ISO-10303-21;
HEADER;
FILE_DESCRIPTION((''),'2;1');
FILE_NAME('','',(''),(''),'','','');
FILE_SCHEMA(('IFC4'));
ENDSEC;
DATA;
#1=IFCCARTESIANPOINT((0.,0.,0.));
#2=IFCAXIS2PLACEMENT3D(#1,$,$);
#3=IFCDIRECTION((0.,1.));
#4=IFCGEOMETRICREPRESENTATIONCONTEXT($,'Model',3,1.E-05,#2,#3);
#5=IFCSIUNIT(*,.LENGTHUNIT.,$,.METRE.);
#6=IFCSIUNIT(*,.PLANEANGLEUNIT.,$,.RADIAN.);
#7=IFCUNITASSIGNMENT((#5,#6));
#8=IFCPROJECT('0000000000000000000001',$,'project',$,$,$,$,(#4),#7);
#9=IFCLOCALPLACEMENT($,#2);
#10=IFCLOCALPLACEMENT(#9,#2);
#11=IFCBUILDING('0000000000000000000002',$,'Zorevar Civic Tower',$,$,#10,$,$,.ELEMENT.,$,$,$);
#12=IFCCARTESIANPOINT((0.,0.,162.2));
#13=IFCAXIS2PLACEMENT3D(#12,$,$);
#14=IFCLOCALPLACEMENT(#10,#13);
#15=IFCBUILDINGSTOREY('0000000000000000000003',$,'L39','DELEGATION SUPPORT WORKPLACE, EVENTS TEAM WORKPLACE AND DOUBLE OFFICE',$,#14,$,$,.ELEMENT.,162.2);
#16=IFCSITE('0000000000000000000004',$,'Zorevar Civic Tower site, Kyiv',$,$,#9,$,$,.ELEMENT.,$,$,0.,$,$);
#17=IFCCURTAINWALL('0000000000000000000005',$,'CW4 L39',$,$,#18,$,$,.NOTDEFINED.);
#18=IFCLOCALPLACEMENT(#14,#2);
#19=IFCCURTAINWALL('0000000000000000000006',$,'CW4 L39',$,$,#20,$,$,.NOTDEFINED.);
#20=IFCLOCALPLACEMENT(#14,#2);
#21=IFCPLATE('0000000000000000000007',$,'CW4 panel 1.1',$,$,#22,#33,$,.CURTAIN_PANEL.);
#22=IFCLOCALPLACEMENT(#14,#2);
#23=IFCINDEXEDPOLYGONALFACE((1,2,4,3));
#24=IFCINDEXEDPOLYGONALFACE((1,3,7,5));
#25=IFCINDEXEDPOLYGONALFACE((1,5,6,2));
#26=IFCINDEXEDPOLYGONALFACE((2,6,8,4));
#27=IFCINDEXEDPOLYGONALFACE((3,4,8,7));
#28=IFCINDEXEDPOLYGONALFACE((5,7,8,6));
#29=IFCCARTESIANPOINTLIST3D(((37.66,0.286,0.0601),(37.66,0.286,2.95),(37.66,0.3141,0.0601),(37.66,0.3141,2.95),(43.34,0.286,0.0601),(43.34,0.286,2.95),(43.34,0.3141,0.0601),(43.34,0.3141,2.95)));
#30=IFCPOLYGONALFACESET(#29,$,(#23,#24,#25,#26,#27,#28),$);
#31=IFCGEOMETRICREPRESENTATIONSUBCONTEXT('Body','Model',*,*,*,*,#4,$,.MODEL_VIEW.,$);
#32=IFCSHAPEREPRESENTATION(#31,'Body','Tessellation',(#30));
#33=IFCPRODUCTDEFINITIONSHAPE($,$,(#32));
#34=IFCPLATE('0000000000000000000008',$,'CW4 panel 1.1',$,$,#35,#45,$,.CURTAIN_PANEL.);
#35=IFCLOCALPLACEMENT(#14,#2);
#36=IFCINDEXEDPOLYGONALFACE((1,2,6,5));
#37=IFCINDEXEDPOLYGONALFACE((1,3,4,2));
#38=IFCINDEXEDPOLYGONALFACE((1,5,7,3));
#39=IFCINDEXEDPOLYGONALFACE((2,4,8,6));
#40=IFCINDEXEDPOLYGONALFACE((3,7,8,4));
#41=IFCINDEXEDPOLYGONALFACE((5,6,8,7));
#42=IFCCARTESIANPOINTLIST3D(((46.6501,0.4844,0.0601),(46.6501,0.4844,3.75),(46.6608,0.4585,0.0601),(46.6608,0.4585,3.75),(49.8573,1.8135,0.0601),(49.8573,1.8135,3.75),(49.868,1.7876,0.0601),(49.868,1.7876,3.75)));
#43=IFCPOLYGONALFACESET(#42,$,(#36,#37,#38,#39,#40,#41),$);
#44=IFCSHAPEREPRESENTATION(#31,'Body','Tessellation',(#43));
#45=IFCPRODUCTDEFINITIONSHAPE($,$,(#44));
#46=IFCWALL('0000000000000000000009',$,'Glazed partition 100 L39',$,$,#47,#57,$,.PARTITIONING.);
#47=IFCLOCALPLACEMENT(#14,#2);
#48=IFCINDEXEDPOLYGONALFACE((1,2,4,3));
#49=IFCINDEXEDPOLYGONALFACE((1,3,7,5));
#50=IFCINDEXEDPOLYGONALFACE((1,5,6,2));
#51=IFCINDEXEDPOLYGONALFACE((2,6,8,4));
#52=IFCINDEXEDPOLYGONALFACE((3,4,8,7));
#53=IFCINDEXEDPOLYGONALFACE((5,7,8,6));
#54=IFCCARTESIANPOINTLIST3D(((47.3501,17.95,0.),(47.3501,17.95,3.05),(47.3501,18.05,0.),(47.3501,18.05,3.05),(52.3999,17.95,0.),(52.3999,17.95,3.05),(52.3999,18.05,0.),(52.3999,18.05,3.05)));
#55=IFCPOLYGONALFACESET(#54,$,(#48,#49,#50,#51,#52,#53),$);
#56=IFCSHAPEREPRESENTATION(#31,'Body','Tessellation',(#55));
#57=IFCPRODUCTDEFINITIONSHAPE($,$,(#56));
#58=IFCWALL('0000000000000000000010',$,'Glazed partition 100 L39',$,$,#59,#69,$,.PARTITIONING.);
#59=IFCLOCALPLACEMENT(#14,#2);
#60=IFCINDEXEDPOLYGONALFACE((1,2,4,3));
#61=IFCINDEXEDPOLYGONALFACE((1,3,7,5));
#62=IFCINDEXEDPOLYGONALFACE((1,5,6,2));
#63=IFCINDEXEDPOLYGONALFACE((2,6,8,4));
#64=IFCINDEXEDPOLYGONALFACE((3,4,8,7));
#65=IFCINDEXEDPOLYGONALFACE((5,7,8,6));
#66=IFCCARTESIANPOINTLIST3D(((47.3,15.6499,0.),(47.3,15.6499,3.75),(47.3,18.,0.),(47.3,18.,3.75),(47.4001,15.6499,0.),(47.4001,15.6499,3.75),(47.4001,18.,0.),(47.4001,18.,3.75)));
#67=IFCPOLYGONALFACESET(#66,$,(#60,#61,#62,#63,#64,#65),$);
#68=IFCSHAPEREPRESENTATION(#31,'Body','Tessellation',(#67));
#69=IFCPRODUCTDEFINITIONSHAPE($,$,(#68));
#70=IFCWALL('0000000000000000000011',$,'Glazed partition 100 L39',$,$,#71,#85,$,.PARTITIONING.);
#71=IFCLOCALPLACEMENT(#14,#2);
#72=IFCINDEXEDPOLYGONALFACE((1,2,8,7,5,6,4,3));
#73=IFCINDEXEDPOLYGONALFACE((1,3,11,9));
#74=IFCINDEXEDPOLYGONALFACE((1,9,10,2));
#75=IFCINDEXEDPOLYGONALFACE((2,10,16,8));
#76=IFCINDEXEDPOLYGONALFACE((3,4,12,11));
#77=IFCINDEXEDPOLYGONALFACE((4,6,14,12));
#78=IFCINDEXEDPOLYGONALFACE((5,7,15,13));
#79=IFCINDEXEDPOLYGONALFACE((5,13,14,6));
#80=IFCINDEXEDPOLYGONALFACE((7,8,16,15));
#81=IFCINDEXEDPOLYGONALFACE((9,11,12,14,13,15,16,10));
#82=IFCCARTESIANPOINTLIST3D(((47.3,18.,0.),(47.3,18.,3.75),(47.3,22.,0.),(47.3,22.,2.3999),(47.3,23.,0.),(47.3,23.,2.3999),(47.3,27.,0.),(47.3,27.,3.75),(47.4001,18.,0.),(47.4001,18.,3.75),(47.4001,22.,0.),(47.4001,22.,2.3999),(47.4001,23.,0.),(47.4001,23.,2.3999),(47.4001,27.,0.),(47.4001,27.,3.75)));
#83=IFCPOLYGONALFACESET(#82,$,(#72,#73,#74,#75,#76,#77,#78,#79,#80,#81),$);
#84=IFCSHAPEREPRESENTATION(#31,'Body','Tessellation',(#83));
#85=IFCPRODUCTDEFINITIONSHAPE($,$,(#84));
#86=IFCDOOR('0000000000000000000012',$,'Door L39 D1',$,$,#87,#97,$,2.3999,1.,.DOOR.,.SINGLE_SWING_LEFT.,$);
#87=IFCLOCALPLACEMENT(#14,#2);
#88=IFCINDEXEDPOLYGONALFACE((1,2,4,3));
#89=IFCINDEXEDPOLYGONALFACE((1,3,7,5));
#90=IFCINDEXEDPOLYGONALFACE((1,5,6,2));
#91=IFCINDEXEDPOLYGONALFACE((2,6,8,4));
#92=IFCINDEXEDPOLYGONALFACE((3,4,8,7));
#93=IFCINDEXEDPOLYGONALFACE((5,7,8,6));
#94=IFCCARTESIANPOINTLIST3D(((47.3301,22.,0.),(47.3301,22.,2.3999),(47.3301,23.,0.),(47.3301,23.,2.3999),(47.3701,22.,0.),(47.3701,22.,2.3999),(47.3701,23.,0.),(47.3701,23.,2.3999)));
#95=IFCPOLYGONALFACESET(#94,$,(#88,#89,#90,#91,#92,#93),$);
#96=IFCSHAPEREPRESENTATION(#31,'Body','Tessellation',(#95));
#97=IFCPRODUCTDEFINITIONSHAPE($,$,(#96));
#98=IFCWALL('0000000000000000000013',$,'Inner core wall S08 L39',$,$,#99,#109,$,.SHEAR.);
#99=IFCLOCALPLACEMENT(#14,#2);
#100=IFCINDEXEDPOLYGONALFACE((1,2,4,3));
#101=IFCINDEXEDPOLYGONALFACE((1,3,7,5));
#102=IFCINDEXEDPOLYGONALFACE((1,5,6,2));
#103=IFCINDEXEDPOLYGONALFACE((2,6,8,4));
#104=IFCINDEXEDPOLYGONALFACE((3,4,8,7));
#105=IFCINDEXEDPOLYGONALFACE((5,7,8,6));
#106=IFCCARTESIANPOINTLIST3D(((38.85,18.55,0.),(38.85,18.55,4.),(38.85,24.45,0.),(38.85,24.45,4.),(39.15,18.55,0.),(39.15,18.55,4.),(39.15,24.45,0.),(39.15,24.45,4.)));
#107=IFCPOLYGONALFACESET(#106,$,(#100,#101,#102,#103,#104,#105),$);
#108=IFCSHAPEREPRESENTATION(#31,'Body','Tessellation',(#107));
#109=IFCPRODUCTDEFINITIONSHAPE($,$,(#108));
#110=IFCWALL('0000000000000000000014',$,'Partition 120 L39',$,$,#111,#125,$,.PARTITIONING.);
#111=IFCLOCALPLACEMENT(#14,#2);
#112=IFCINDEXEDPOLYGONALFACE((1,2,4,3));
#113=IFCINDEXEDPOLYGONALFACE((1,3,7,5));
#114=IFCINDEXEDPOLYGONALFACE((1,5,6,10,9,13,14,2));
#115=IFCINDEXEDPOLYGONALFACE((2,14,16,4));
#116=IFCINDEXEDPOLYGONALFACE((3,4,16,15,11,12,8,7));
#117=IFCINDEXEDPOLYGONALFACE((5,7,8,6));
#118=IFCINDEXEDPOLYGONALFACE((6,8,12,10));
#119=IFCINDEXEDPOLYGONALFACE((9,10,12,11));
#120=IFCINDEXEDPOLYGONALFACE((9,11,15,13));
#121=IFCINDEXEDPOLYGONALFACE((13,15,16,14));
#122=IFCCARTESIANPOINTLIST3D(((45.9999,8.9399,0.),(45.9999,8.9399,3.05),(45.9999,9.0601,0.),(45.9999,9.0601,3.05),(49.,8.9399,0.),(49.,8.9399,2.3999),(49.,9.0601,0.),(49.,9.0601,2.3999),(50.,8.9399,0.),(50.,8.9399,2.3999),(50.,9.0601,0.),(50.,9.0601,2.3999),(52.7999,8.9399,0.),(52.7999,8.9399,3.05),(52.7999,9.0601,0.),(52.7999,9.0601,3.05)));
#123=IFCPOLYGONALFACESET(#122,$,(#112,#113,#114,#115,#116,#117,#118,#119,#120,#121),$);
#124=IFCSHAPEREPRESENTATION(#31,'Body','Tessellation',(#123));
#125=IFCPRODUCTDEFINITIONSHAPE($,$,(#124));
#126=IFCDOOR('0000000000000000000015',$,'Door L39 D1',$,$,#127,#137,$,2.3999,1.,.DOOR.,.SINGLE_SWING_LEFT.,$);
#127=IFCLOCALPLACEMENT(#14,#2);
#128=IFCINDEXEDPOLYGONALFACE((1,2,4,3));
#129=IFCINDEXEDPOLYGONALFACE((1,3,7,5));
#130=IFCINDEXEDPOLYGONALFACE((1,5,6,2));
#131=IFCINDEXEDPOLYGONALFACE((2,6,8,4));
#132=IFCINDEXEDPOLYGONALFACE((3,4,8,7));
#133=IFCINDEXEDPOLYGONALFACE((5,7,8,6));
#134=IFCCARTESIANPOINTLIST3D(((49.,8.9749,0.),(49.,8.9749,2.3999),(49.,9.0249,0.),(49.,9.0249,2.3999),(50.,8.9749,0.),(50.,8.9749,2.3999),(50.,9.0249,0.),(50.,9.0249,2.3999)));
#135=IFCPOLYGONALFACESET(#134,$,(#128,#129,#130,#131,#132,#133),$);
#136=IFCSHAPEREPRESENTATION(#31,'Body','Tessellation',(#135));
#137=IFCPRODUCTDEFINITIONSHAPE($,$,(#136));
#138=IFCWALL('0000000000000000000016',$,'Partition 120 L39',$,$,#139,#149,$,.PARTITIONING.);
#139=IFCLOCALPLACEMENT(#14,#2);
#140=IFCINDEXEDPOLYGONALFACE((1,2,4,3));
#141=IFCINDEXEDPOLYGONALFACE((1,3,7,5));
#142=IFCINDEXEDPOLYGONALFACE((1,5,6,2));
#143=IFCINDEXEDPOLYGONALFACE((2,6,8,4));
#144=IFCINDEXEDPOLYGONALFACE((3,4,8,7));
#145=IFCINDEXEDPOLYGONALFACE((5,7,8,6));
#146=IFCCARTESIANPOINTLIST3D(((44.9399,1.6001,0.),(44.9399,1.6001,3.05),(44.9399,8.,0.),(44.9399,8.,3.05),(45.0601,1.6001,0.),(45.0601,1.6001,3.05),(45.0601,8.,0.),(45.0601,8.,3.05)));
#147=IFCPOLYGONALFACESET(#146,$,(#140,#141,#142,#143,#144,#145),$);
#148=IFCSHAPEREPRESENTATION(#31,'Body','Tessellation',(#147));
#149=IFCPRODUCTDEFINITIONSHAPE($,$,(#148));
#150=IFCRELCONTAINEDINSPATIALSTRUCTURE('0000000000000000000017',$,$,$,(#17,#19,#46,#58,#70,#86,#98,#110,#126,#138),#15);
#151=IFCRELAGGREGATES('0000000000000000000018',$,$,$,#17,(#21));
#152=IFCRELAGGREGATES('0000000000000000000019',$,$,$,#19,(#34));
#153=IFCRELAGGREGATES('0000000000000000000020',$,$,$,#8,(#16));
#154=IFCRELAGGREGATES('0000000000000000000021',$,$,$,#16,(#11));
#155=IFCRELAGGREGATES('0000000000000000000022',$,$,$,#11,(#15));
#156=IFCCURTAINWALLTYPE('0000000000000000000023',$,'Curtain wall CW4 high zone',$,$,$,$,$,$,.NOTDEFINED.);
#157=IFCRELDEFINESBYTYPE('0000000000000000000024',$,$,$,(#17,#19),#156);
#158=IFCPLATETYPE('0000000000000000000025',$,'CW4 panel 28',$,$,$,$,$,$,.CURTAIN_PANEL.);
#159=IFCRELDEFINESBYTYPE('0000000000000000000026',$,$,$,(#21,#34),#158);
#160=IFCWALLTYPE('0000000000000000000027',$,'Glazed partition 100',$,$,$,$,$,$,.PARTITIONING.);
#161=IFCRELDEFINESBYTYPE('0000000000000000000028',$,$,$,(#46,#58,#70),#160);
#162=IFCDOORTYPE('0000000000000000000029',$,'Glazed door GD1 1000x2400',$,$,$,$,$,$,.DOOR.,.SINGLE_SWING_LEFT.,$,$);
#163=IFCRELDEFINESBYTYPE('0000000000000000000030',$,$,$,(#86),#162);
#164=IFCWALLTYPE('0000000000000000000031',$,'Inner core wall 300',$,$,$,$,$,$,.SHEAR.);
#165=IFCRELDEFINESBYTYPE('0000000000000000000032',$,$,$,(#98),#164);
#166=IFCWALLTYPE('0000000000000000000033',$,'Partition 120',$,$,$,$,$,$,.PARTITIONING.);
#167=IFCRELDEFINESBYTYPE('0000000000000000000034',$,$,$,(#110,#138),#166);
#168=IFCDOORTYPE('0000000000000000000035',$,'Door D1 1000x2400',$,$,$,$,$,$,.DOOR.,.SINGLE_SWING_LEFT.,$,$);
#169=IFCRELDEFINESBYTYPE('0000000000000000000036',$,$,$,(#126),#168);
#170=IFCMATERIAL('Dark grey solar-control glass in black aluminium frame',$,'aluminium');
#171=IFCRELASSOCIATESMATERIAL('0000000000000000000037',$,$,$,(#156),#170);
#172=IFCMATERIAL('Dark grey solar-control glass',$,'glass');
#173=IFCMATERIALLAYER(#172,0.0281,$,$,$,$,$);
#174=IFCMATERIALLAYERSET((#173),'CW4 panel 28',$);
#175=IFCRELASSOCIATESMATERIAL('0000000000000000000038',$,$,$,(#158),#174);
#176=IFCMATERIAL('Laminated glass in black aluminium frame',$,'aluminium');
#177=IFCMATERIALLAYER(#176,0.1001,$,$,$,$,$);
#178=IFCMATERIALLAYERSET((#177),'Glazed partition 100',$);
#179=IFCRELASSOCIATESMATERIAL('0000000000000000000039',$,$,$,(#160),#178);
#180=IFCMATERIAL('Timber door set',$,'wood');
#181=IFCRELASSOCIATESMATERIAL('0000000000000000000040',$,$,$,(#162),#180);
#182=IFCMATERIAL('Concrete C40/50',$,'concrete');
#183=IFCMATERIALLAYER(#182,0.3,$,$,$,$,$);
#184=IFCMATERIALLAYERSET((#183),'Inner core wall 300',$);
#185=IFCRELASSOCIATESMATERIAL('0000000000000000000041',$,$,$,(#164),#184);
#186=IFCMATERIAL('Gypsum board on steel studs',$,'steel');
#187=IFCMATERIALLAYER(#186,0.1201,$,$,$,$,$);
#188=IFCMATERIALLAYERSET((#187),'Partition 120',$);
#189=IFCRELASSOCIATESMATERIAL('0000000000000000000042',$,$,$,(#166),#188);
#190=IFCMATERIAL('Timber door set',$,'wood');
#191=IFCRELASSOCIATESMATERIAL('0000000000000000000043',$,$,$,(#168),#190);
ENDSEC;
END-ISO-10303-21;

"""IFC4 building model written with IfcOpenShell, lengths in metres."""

from ifc_helpers import new_model, si_unit, direction, frame, frame_2d, origin, origin_2d, place, context, subcontext, project, spatial, rectangle, extrude, material, layer, layer_set, type_object, element, fill, aggregate, save


model = new_model("IFC4")

# Units and contexts
model_context = context("Model", 3, precision=1e-05, world=origin(), true_north=direction((0.0, 1.0)))
body_context = subcontext(model_context, "Body", "Model", "MODEL_VIEW")
ifc_project = project(units=[si_unit("LENGTHUNIT", "METRE"), si_unit("PLANEANGLEUNIT", "RADIAN")], contexts=[model_context])

# Site, building, storey
site_placement = place(None, origin())
site = spatial("IfcSite", under=ifc_project, at=site_placement, Name="Zorevar Civic Tower site, Kyiv", CompositionType="ELEMENT", RefElevation=0.0)
building_placement = place(site_placement, origin())
building = spatial("IfcBuilding", under=site, at=building_placement, Name="Zorevar Civic Tower", CompositionType="ELEMENT")
storey_placement = place(building_placement, frame((0.0, 0.0, 162.2)))
storey = spatial("IfcBuildingStorey", under=building, at=storey_placement, Name="L39", Description="DELEGATION SUPPORT WORKPLACE, EVENTS TEAM WORKPLACE AND DOUBLE OFFICE", CompositionType="ELEMENT", Elevation=162.2)

# Curtain wall
ifc_material_1 = material(Name="Dark grey solar-control glass in black aluminium frame", Category="aluminium")
curtain_wall_type = type_object("IfcCurtainWallType", Name="Curtain wall CW4 high zone", PredefinedType="NOTDEFINED", material=ifc_material_1)
curtain_wall_1_placement = place(storey_placement, origin())
curtain_wall_1 = element("IfcCurtainWall", 1, at=curtain_wall_1_placement, inside=storey, type_object=curtain_wall_type, Name="CW4 L39", PredefinedType="NOTDEFINED")

# Curtain wall
curtain_wall_2_placement = place(storey_placement, origin())
curtain_wall_2 = element("IfcCurtainWall", 2, at=curtain_wall_2_placement, inside=storey, type_object=curtain_wall_type, Name="CW4 L39", PredefinedType="NOTDEFINED")

# Plates
ifc_material_2 = material(Name="Dark grey solar-control glass", Category="glass")
ifc_layer_1 = layer(ifc_material_2, 0.0281)
ifc_layer_set_1 = layer_set([ifc_layer_1], Name="CW4 panel 28")
plate_type = type_object("IfcPlateType", Name="CW4 panel 28", PredefinedType="CURTAIN_PANEL", material=ifc_layer_set_1)
plate_1_placement = place(storey_placement, frame((40.5, 0.3, 0.0601), z_axis=(0.0, 0.0, 1.0), x_axis=(1.0, 0.0, 0.0)))
plate_1 = element("IfcPlate", 3, at=plate_1_placement, type_object=plate_type, Name="CW4 panel 1.1", PredefinedType="CURTAIN_PANEL", context=body_context, shape_type="SweptSolid", body=[
    extrude(rectangle(XDim=5.6799, YDim=0.0281, at=origin_2d()), origin(), (0.0, 0.0, 1.0), 2.8899),
])
aggregate(curtain_wall_1, [plate_1])
plate_2_placement = place(storey_placement, frame((48.259, 1.136, 0.0601), z_axis=(0.0, 0.0, 1.0), x_axis=(0.923814, 0.382841, 0.0)))
plate_2 = element("IfcPlate", 4, at=plate_2_placement, type_object=plate_type, Name="CW4 panel 1.1", PredefinedType="CURTAIN_PANEL", context=body_context, shape_type="SweptSolid", body=[
    extrude(rectangle(XDim=3.4717, YDim=0.0281, at=origin_2d()), origin(), (0.0, 0.0, 1.0), 3.6899),
])
aggregate(curtain_wall_2, [plate_2])

# Walls
ifc_material_3 = material(Name="Laminated glass in black aluminium frame", Category="aluminium")
ifc_layer_2 = layer(ifc_material_3, 0.1001)
ifc_layer_set_2 = layer_set([ifc_layer_2], Name="Glazed partition 100")
wall_type_1 = type_object("IfcWallType", Name="Glazed partition 100", PredefinedType="PARTITIONING", material=ifc_layer_set_2)
wall_1_placement = place(storey_placement, frame((47.3501, 18.0, 0.0), z_axis=(0.0, 0.0, 1.0), x_axis=(1.0, 0.0, 0.0)))
element("IfcWall", 5, at=wall_1_placement, inside=storey, type_object=wall_type_1, Name="Glazed partition 100 L39", PredefinedType="PARTITIONING", context=body_context, shape_type="SweptSolid", body=[
    extrude(rectangle(XDim=5.0498, YDim=0.1001, at=frame_2d((2.5249, 0.0))), origin(), (0.0, 0.0, 1.0), 3.05),
])
wall_2_placement = place(storey_placement, frame((47.3501, 15.6499, 0.0), z_axis=(0.0, 0.0, 1.0), x_axis=(0.0, 1.0, 0.0)))
element("IfcWall", 6, at=wall_2_placement, inside=storey, type_object=wall_type_1, Name="Glazed partition 100 L39", PredefinedType="PARTITIONING", context=body_context, shape_type="SweptSolid", body=[
    extrude(rectangle(XDim=2.3501, YDim=0.1001, at=frame_2d((1.175, 0.0))), origin(), (0.0, 0.0, 1.0), 3.75),
])

# Wall, opening, door
wall_3_placement = place(storey_placement, frame((47.3501, 18.0, 0.0), z_axis=(0.0, 0.0, 1.0), x_axis=(0.0, 1.0, 0.0)))
wall_3 = element("IfcWall", 7, at=wall_3_placement, inside=storey, type_object=wall_type_1, Name="Glazed partition 100 L39", PredefinedType="PARTITIONING", context=body_context, shape_type="SweptSolid", body=[
    extrude(rectangle(XDim=9.0, YDim=0.1001, at=frame_2d((4.5, 0.0))), origin(), (0.0, 0.0, 1.0), 3.75),
])
opening_1_placement = place(wall_3_placement, frame((4.0, 0.0, 0.0)))
opening_1 = element("IfcOpeningElement", 8, at=opening_1_placement, cuts=wall_3, PredefinedType="OPENING", context=body_context, shape_type="SweptSolid", body=[
    extrude(rectangle(XDim=1.0, YDim=2.3999, at=frame_2d((0.5, 1.2))), frame((0.0, 0.0601, 0.0), z_axis=(0.0, -1.0, 0.0), x_axis=(1.0, 0.0, 0.0)), (0.0, 0.0, 1.0), 0.1201),
])
ifc_material_4 = material(Name="Timber door set", Category="wood")
door_type_1 = type_object("IfcDoorType", Name="Glazed door GD1 1000x2400", OperationType="SINGLE_SWING_LEFT", PredefinedType="DOOR", material=ifc_material_4)
door_1_placement = place(opening_1_placement, origin())
door_1 = element("IfcDoor", 9, at=door_1_placement, inside=storey, type_object=door_type_1, Name="Door L39 D1", OperationType="SINGLE_SWING_LEFT", OverallHeight=2.3999, OverallWidth=1.0, PredefinedType="DOOR", context=body_context, shape_type="SweptSolid", body=[
    extrude(rectangle(XDim=1.0, YDim=2.3999, at=frame_2d((0.5, 1.2))), frame((0.0, 0.02, 0.0), z_axis=(0.0, -1.0, 0.0), x_axis=(1.0, 0.0, 0.0)), (0.0, 0.0, 1.0), 0.04),
])
fill(opening_1, door_1)

# Wall
ifc_material_5 = material(Name="Concrete C40/50", Category="concrete")
ifc_layer_3 = layer(ifc_material_5, 0.3)
ifc_layer_set_3 = layer_set([ifc_layer_3], Name="Inner core wall 300")
wall_type_2 = type_object("IfcWallType", Name="Inner core wall 300", PredefinedType="SHEAR", material=ifc_layer_set_3)
wall_4_placement = place(storey_placement, frame((39.0, 18.55, 0.0), z_axis=(0.0, 0.0, 1.0), x_axis=(0.0, 1.0, 0.0)))
element("IfcWall", 10, at=wall_4_placement, inside=storey, type_object=wall_type_2, Name="Inner core wall S08 L39", PredefinedType="SHEAR", context=body_context, shape_type="SweptSolid", body=[
    extrude(rectangle(XDim=5.8999, YDim=0.3, at=frame_2d((2.95, 0.0))), origin(), (0.0, 0.0, 1.0), 4.0),
])

# Wall, opening, door
ifc_material_6 = material(Name="Gypsum board on steel studs", Category="steel")
ifc_layer_4 = layer(ifc_material_6, 0.1201)
ifc_layer_set_4 = layer_set([ifc_layer_4], Name="Partition 120")
wall_type_3 = type_object("IfcWallType", Name="Partition 120", PredefinedType="PARTITIONING", material=ifc_layer_set_4)
wall_5_placement = place(storey_placement, frame((46.0, 9.0, 0.0), z_axis=(0.0, 0.0, 1.0), x_axis=(1.0, 0.0, 0.0)))
wall_5 = element("IfcWall", 11, at=wall_5_placement, inside=storey, type_object=wall_type_3, Name="Partition 120 L39", PredefinedType="PARTITIONING", context=body_context, shape_type="SweptSolid", body=[
    extrude(rectangle(XDim=6.8, YDim=0.1201, at=frame_2d((3.3999, 0.0))), origin(), (0.0, 0.0, 1.0), 3.05),
])
opening_2_placement = place(wall_5_placement, frame((3.0, 0.0, 0.0)))
opening_2 = element("IfcOpeningElement", 12, at=opening_2_placement, cuts=wall_5, PredefinedType="OPENING", context=body_context, shape_type="SweptSolid", body=[
    extrude(rectangle(XDim=1.0, YDim=2.3999, at=frame_2d((0.5, 1.2))), frame((0.0, 0.0701, 0.0), z_axis=(0.0, -1.0, 0.0), x_axis=(1.0, 0.0, 0.0)), (0.0, 0.0, 1.0), 0.1401),
])
ifc_material_7 = material(Name="Timber door set", Category="wood")
door_type_2 = type_object("IfcDoorType", Name="Door D1 1000x2400", OperationType="SINGLE_SWING_LEFT", PredefinedType="DOOR", material=ifc_material_7)
door_2_placement = place(opening_2_placement, origin())
door_2 = element("IfcDoor", 13, at=door_2_placement, inside=storey, type_object=door_type_2, Name="Door L39 D1", OperationType="SINGLE_SWING_LEFT", OverallHeight=2.3999, OverallWidth=1.0, PredefinedType="DOOR", context=body_context, shape_type="SweptSolid", body=[
    extrude(rectangle(XDim=1.0, YDim=2.3999, at=frame_2d((0.5, 1.2))), frame((0.0, 0.0249, 0.0), z_axis=(0.0, -1.0, 0.0), x_axis=(1.0, 0.0, 0.0)), (0.0, 0.0, 1.0), 0.05),
])
fill(opening_2, door_2)

# Wall
wall_6_placement = place(storey_placement, frame((45.0, 1.6001, 0.0), z_axis=(0.0, 0.0, 1.0), x_axis=(0.0, 1.0, 0.0)))
element("IfcWall", 14, at=wall_6_placement, inside=storey, type_object=wall_type_3, Name="Partition 120 L39", PredefinedType="PARTITIONING", context=body_context, shape_type="SweptSolid", body=[
    extrude(rectangle(XDim=6.3999, YDim=0.1201, at=frame_2d((3.2, 0.0))), origin(), (0.0, 0.0, 1.0), 3.05),
])

save(model, "model.ifc")
